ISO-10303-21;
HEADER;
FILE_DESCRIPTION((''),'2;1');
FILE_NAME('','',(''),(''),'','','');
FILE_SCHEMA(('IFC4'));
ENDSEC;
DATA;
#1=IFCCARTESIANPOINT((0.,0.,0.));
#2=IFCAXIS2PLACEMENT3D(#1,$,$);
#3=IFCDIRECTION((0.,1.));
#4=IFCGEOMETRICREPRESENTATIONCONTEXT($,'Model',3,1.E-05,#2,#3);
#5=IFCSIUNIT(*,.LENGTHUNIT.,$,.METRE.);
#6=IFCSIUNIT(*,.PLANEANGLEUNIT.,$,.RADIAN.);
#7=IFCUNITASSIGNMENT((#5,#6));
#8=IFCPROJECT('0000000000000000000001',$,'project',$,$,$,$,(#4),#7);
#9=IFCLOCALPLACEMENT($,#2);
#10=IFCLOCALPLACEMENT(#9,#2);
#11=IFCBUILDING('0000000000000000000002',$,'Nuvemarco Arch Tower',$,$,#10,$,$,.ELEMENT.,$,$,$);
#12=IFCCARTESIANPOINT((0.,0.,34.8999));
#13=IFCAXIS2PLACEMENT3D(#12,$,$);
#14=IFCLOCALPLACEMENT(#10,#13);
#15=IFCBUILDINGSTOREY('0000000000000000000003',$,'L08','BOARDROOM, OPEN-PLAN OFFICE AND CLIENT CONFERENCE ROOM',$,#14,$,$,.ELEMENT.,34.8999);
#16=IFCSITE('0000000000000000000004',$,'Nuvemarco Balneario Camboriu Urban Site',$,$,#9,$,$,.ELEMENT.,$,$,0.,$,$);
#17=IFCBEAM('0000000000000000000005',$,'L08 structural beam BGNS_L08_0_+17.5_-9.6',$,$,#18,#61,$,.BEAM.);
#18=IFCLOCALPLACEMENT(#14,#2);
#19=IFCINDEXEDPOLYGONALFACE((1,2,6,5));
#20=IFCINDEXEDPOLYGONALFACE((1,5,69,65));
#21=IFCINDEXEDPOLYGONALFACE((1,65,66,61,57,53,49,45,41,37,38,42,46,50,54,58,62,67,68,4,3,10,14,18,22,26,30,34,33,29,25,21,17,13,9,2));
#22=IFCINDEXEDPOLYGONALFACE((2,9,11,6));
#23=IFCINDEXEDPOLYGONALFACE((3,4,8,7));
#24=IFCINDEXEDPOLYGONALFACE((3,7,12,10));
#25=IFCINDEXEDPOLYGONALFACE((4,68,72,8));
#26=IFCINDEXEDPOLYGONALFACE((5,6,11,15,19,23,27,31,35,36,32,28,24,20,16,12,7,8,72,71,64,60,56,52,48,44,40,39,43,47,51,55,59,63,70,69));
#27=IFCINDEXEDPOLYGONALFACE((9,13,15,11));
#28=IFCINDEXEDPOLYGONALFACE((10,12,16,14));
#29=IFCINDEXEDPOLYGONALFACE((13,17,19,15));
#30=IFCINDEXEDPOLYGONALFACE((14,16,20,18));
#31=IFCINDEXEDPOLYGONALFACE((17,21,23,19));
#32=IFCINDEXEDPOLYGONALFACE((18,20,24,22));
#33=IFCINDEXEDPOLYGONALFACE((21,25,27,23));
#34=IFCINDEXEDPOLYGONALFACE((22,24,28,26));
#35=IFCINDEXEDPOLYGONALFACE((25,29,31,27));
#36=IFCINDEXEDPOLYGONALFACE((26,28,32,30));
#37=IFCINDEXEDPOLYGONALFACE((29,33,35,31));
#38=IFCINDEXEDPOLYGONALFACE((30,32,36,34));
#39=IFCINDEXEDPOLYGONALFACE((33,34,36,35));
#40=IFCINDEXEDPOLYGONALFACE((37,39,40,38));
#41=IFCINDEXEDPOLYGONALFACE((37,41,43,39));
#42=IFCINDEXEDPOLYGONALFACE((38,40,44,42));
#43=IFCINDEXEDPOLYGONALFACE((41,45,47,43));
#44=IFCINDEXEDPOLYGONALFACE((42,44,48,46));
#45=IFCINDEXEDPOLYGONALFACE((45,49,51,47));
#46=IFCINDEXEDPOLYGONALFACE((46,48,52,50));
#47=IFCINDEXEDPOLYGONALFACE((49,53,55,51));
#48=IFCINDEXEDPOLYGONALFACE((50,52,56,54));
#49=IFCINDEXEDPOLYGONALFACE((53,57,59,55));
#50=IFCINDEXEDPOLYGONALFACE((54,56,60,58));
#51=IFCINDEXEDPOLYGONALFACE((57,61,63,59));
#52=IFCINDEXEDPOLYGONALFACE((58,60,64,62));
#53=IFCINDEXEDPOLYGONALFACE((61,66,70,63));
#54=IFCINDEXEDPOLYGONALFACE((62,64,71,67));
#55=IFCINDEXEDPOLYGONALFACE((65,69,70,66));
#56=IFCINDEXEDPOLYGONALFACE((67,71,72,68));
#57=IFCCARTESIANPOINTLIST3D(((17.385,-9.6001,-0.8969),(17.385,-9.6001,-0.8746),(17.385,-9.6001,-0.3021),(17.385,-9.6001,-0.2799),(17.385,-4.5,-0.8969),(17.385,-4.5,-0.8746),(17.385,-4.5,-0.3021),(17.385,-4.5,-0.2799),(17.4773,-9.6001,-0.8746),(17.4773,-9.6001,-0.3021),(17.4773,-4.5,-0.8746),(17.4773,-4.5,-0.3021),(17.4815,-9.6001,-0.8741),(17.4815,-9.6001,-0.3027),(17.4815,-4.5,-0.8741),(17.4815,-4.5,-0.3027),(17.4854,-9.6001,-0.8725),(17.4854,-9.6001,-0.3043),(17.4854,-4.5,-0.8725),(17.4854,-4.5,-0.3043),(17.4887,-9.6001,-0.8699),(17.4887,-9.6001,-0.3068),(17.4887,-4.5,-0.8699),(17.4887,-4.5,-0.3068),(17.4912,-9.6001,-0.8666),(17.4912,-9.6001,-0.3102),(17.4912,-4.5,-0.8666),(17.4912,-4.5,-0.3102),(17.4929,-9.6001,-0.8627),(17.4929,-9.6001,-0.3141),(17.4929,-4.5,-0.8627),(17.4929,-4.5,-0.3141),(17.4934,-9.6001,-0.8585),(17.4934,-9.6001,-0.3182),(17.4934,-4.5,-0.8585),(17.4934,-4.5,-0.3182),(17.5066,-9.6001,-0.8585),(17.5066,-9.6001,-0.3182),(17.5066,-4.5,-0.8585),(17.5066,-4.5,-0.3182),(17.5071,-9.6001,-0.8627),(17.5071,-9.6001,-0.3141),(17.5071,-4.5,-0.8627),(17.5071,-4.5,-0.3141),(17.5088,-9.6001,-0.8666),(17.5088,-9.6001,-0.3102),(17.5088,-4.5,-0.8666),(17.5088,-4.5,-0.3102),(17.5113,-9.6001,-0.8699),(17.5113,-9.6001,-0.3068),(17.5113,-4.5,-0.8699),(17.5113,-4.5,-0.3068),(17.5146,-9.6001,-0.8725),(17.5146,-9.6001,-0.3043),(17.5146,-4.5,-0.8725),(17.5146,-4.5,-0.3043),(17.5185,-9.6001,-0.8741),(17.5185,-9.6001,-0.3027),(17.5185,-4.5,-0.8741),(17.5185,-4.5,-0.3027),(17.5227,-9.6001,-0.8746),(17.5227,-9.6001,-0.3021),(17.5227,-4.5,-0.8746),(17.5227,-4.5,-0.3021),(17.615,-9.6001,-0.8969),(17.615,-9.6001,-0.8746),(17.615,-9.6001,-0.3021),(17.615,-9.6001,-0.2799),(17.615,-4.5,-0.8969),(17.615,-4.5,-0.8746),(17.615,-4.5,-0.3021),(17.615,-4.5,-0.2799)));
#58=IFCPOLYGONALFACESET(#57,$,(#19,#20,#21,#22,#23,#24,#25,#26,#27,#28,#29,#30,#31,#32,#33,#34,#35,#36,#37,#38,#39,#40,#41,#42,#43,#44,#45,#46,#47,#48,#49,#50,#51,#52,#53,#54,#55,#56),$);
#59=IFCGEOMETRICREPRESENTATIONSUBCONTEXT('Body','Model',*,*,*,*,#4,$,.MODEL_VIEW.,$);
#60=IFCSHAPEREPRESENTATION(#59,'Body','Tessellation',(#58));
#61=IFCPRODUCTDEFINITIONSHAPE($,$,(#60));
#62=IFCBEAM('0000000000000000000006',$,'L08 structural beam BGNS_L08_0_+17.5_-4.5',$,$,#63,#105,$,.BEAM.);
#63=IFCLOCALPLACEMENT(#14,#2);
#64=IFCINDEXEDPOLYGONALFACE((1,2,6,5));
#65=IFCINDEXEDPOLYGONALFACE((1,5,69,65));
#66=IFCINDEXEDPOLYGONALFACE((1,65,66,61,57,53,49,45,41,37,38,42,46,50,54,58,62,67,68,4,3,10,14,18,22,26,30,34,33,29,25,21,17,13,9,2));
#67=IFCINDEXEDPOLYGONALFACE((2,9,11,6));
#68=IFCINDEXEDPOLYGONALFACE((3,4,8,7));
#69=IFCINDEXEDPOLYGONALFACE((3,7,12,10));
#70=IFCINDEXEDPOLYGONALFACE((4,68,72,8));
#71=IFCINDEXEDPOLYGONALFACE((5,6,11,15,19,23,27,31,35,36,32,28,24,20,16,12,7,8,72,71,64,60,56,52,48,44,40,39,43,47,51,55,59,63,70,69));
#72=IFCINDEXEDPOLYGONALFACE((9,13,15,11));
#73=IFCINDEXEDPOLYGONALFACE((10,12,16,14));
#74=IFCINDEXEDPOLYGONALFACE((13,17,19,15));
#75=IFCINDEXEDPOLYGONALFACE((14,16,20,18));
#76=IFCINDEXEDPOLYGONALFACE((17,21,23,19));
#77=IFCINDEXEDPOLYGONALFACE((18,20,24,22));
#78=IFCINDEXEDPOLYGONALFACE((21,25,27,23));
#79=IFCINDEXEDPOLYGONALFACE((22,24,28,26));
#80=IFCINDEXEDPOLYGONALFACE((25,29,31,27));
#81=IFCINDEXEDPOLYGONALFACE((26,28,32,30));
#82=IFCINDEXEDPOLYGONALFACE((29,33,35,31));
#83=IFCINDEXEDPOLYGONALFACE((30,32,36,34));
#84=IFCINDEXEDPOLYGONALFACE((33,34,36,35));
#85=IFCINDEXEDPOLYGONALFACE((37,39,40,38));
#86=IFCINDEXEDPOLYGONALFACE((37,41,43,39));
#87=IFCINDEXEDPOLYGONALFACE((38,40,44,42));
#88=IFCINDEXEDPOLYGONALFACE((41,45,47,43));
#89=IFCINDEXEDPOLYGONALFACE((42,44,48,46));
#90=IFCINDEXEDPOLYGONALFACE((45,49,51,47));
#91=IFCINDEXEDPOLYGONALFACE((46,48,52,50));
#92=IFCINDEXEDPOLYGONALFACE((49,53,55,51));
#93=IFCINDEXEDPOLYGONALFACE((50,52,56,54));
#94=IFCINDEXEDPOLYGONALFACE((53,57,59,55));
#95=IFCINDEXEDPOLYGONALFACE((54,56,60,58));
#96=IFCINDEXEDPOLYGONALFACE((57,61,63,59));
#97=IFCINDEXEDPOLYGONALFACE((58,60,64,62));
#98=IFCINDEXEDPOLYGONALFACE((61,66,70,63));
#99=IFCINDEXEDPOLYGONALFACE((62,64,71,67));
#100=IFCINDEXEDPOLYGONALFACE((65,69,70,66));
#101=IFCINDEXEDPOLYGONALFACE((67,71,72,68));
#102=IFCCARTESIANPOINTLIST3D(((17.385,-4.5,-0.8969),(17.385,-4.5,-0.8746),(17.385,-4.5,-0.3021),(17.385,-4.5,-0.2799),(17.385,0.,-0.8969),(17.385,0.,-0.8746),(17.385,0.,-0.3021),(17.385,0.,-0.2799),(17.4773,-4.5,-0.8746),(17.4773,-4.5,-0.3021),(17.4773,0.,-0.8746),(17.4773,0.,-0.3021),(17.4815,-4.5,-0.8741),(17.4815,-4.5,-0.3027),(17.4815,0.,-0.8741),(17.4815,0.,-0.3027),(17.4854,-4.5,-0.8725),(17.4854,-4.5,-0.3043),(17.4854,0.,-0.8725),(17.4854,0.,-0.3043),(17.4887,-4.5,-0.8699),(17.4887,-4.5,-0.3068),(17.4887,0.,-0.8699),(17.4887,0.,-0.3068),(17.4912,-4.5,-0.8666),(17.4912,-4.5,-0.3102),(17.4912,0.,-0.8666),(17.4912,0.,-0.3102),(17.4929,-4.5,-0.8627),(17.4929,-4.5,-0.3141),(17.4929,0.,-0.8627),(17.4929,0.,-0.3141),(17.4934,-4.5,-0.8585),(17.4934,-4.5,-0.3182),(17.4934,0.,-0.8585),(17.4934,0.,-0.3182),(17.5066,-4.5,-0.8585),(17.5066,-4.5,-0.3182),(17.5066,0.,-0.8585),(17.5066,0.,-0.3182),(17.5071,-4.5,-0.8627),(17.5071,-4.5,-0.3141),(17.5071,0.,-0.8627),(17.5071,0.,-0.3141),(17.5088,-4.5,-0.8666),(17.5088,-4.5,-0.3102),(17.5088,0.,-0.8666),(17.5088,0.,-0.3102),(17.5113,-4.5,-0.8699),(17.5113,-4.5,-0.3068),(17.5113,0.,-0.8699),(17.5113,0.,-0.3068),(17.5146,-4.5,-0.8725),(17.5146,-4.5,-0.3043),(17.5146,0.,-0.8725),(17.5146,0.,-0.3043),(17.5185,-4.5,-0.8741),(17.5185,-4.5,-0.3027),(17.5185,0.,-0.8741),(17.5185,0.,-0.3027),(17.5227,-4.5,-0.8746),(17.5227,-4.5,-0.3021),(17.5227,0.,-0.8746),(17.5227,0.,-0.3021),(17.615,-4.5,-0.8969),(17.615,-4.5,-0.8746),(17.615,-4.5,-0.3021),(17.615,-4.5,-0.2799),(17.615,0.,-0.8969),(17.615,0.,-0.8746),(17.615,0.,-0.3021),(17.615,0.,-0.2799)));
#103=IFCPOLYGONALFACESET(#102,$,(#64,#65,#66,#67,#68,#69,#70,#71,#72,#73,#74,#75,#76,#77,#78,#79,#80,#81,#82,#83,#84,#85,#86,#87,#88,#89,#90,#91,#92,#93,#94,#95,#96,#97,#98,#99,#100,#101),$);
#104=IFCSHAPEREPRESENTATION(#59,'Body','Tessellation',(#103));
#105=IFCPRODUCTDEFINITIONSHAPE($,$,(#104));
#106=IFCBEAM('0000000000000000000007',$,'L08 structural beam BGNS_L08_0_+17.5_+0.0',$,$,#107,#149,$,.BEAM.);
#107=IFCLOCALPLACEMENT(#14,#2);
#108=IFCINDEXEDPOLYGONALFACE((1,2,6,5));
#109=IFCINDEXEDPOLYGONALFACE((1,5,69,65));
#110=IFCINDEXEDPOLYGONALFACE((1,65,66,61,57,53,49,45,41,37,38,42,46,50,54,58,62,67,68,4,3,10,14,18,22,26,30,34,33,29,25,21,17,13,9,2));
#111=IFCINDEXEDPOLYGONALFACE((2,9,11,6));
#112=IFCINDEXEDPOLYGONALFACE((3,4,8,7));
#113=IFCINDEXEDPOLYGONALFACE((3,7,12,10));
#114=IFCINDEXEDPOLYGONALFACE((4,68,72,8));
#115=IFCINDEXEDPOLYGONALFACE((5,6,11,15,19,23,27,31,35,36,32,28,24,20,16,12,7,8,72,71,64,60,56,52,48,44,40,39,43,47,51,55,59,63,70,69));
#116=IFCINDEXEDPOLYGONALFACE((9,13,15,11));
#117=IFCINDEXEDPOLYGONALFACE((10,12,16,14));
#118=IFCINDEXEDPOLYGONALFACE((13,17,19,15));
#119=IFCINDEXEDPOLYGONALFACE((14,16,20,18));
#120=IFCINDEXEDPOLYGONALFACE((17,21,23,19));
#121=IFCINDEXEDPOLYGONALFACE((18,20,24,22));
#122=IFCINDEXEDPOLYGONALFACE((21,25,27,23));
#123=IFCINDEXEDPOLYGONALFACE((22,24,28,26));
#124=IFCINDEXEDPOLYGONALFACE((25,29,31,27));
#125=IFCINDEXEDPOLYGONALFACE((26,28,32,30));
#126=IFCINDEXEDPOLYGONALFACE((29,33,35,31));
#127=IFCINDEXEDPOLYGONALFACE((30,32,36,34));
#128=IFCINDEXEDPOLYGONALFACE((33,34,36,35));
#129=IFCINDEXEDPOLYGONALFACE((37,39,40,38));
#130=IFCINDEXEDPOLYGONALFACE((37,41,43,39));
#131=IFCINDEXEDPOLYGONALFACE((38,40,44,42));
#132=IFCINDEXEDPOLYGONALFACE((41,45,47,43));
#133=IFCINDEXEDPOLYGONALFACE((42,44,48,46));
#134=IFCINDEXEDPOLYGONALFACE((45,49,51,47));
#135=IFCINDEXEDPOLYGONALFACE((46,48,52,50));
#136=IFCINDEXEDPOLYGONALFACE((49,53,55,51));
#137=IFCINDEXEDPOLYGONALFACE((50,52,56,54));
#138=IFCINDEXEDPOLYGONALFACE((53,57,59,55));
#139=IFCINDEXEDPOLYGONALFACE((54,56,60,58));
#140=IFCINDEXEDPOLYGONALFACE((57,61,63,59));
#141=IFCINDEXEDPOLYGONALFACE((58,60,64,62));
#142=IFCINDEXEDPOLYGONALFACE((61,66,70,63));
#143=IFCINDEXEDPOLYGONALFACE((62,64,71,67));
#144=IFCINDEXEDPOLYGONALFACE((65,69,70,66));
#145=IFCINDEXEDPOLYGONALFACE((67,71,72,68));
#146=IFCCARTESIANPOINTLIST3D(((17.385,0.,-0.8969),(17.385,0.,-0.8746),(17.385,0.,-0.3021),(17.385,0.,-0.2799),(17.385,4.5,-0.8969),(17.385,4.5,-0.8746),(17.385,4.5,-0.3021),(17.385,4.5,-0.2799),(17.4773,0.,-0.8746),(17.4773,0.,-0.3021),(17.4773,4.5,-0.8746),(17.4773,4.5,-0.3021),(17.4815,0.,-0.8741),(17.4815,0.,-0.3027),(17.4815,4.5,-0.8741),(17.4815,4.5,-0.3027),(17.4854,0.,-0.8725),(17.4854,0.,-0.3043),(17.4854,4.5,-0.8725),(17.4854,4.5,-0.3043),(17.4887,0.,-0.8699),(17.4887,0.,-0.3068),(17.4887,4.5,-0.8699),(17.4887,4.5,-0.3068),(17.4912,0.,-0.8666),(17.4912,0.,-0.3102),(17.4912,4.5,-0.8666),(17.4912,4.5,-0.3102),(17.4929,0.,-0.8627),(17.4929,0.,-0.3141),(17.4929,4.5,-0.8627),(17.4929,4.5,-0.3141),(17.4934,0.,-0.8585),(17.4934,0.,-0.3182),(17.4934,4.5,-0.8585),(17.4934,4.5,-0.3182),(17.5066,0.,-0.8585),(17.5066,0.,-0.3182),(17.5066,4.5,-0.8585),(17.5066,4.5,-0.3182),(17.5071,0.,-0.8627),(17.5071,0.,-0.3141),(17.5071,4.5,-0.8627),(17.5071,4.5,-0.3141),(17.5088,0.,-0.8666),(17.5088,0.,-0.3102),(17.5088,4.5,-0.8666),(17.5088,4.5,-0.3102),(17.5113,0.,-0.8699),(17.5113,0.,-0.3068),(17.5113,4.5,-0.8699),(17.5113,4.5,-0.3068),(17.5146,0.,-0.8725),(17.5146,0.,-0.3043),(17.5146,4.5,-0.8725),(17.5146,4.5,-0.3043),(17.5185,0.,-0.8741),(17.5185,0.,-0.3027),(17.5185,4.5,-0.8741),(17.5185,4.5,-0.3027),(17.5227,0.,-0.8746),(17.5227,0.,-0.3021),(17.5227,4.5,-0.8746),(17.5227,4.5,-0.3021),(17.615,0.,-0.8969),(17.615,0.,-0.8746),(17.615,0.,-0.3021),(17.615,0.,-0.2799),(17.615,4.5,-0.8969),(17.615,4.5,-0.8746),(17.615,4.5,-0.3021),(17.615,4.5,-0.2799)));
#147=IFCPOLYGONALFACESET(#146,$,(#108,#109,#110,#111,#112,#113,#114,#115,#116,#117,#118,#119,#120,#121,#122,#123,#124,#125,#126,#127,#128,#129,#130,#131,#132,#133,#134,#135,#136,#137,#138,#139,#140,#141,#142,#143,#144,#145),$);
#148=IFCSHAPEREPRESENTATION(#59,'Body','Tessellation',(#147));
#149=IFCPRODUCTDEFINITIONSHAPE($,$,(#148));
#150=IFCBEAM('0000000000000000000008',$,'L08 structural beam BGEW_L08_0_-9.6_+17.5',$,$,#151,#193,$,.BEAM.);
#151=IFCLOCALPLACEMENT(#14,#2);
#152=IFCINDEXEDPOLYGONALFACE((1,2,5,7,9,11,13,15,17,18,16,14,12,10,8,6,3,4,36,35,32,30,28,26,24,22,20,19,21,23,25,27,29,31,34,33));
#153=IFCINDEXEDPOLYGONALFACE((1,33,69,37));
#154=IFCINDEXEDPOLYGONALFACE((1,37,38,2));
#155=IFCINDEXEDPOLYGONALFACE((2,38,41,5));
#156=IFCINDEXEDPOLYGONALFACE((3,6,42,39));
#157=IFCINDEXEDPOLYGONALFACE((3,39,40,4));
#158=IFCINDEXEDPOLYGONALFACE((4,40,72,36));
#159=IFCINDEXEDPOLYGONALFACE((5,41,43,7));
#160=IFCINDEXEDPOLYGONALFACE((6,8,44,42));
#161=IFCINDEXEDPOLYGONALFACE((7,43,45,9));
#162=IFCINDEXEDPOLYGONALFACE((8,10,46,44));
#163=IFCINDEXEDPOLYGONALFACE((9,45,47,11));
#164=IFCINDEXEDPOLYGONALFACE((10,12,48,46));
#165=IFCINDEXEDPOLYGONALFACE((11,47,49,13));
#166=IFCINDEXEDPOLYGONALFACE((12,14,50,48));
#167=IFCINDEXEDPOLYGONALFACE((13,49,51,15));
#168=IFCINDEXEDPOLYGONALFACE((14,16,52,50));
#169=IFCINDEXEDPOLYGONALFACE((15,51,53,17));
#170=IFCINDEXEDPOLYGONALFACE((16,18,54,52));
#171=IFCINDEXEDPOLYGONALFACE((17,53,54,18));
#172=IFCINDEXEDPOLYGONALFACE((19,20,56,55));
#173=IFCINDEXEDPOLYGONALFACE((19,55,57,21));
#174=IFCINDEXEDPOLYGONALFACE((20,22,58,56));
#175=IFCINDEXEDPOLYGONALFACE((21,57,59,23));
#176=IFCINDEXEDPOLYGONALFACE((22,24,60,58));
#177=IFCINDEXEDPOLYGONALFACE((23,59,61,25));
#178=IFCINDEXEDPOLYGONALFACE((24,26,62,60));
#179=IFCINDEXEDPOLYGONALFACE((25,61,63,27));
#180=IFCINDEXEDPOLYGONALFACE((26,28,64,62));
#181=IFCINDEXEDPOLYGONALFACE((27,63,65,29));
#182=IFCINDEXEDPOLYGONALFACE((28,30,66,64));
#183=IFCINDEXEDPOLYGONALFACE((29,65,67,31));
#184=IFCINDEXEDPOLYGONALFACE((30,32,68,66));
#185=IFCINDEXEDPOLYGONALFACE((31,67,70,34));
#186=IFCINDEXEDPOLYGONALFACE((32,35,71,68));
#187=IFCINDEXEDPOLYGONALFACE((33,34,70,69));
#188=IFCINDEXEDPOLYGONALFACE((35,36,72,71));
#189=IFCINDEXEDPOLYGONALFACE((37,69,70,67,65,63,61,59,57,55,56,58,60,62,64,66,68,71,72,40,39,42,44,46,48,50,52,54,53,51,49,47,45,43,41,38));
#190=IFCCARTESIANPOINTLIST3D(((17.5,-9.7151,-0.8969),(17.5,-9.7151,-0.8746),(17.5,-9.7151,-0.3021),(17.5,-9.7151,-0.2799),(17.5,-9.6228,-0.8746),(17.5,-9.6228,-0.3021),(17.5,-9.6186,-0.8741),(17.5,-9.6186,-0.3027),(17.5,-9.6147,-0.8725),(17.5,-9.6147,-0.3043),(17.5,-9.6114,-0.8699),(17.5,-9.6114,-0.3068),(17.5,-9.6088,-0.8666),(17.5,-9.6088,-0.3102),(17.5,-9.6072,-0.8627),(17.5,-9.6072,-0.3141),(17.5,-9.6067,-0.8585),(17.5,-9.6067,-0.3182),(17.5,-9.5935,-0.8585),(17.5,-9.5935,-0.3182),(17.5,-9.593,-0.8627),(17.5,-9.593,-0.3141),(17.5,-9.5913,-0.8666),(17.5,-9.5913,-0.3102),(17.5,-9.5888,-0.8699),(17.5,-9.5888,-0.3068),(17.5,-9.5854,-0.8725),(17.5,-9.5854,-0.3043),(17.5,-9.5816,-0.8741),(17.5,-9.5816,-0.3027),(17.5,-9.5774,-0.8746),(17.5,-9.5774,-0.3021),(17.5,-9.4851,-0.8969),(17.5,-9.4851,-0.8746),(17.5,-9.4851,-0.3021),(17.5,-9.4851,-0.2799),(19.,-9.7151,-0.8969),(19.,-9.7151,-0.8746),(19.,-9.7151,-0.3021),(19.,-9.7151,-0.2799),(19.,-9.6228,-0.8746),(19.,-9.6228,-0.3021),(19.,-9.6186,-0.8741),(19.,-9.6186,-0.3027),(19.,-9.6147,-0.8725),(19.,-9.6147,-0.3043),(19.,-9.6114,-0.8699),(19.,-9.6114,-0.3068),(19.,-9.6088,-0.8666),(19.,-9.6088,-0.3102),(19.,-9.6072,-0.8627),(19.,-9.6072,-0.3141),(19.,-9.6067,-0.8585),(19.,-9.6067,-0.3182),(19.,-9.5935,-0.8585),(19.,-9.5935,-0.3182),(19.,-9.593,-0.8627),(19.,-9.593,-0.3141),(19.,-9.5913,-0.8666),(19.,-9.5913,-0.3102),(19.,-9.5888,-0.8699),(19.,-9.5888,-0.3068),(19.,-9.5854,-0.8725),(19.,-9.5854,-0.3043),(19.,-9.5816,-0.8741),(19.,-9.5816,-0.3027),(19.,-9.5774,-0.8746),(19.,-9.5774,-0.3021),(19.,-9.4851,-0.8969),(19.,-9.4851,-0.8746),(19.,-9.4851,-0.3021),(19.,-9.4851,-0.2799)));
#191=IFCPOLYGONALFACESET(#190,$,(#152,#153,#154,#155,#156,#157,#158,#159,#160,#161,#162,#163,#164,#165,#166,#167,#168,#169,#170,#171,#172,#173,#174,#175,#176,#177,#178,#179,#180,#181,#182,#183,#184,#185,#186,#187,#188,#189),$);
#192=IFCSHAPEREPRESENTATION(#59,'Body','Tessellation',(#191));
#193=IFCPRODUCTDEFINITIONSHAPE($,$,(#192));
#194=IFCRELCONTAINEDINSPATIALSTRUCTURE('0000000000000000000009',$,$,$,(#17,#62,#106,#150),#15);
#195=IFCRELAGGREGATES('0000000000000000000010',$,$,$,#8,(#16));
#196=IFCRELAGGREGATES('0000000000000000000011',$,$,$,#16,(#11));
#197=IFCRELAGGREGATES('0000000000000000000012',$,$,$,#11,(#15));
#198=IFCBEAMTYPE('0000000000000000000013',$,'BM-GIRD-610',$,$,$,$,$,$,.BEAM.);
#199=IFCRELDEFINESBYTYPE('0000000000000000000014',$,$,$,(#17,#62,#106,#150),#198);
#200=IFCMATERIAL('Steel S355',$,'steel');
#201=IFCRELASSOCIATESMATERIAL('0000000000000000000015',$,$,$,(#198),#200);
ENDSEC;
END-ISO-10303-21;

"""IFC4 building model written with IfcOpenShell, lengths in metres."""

from ifc_helpers import new_model, si_unit, direction, frame, origin, origin_2d, place, context, subcontext, project, spatial, i_section, extrude, material, material_profile, profile_set, type_object, element, save


model = new_model("IFC4")

# Units and contexts
model_context = context("Model", 3, precision=1e-05, world=origin(), true_north=direction((0.0, 1.0)))
body_context = subcontext(model_context, "Body", "Model", "MODEL_VIEW")
ifc_project = project(units=[si_unit("LENGTHUNIT", "METRE"), si_unit("PLANEANGLEUNIT", "RADIAN")], contexts=[model_context])

# Site, building, storey
site_placement = place(None, origin())
site = spatial("IfcSite", under=ifc_project, at=site_placement, Name="Nuvemarco Balneario Camboriu Urban Site", CompositionType="ELEMENT", RefElevation=0.0)
building_placement = place(site_placement, origin())
building = spatial("IfcBuilding", under=site, at=building_placement, Name="Nuvemarco Arch Tower", CompositionType="ELEMENT")
storey_placement = place(building_placement, frame((0.0, 0.0, 34.8999)))
storey = spatial("IfcBuildingStorey", under=building, at=storey_placement, Name="L08", Description="BOARDROOM, OPEN-PLAN OFFICE AND CLIENT CONFERENCE ROOM", CompositionType="ELEMENT", Elevation=34.8999)

# Beams
ifc_material_1 = material(Name="Steel S355", Category="steel")
ifc_material_profile_1 = material_profile(ifc_material_1, i_section(OverallWidth=0.23, OverallDepth=0.6169, WebThickness=0.0132, FlangeThickness=0.0222, FilletRadius=0.0161, at=origin_2d()), Name="W610x140")
ifc_profile_set_1 = profile_set([ifc_material_profile_1], Name="Steel S355")
beam_type_1 = type_object("IfcBeamType", Name="BM-GIRD-610", PredefinedType="BEAM", material=ifc_profile_set_1)
beam_1_placement = place(storey_placement, frame((17.5, -9.6001, -0.5884), z_axis=(0.0, 1.0, 0.0), x_axis=(-1.0, 0.0, 0.0)))
element("IfcBeam", 1, at=beam_1_placement, inside=storey, type_object=beam_type_1, Name="L08 structural beam BGNS_L08_0_+17.5_-9.6", PredefinedType="BEAM", context=body_context, shape_type="SweptSolid", body=[
    extrude(i_section(OverallWidth=0.23, OverallDepth=0.6169, WebThickness=0.0132, FlangeThickness=0.0222, FilletRadius=0.0161, at=origin_2d()), origin(), (0.0, 0.0, 1.0), 5.1001),
])
for number, where, z_axis, x_axis, name in (
    (2, (17.5, -4.5, -0.5884), (0.0, 1.0, 0.0), (-1.0, 0.0, 0.0), "L08 structural beam BGNS_L08_0_+17.5_-4.5"),
    (3, (17.5, 0.0, -0.5884), (0.0, 1.0, 0.0), (-1.0, 0.0, 0.0), "L08 structural beam BGNS_L08_0_+17.5_+0.0"),
):
    element("IfcBeam", number, at=place(storey_placement, frame(where, z_axis=z_axis, x_axis=x_axis)), inside=storey, type_object=beam_type_1, Name=name, PredefinedType="BEAM", context=body_context, shape_type="SweptSolid", body=[
        extrude(i_section(OverallWidth=0.23, OverallDepth=0.6169, WebThickness=0.0132, FlangeThickness=0.0222, FilletRadius=0.0161, at=origin_2d()), origin(), (0.0, 0.0, 1.0), 4.5),
    ])
beam_2_placement = place(storey_placement, frame((17.5, -9.6001, -0.5884), z_axis=(1.0, 0.0, 0.0), x_axis=(0.0, 1.0, 0.0)))
element("IfcBeam", 4, at=beam_2_placement, inside=storey, type_object=beam_type_1, Name="L08 structural beam BGEW_L08_0_-9.6_+17.5", PredefinedType="BEAM", context=body_context, shape_type="SweptSolid", body=[
    extrude(i_section(OverallWidth=0.23, OverallDepth=0.6169, WebThickness=0.0132, FlangeThickness=0.0222, FilletRadius=0.0161, at=origin_2d()), origin(), (0.0, 0.0, 1.0), 1.5),
])

save(model, "model.ifc")
